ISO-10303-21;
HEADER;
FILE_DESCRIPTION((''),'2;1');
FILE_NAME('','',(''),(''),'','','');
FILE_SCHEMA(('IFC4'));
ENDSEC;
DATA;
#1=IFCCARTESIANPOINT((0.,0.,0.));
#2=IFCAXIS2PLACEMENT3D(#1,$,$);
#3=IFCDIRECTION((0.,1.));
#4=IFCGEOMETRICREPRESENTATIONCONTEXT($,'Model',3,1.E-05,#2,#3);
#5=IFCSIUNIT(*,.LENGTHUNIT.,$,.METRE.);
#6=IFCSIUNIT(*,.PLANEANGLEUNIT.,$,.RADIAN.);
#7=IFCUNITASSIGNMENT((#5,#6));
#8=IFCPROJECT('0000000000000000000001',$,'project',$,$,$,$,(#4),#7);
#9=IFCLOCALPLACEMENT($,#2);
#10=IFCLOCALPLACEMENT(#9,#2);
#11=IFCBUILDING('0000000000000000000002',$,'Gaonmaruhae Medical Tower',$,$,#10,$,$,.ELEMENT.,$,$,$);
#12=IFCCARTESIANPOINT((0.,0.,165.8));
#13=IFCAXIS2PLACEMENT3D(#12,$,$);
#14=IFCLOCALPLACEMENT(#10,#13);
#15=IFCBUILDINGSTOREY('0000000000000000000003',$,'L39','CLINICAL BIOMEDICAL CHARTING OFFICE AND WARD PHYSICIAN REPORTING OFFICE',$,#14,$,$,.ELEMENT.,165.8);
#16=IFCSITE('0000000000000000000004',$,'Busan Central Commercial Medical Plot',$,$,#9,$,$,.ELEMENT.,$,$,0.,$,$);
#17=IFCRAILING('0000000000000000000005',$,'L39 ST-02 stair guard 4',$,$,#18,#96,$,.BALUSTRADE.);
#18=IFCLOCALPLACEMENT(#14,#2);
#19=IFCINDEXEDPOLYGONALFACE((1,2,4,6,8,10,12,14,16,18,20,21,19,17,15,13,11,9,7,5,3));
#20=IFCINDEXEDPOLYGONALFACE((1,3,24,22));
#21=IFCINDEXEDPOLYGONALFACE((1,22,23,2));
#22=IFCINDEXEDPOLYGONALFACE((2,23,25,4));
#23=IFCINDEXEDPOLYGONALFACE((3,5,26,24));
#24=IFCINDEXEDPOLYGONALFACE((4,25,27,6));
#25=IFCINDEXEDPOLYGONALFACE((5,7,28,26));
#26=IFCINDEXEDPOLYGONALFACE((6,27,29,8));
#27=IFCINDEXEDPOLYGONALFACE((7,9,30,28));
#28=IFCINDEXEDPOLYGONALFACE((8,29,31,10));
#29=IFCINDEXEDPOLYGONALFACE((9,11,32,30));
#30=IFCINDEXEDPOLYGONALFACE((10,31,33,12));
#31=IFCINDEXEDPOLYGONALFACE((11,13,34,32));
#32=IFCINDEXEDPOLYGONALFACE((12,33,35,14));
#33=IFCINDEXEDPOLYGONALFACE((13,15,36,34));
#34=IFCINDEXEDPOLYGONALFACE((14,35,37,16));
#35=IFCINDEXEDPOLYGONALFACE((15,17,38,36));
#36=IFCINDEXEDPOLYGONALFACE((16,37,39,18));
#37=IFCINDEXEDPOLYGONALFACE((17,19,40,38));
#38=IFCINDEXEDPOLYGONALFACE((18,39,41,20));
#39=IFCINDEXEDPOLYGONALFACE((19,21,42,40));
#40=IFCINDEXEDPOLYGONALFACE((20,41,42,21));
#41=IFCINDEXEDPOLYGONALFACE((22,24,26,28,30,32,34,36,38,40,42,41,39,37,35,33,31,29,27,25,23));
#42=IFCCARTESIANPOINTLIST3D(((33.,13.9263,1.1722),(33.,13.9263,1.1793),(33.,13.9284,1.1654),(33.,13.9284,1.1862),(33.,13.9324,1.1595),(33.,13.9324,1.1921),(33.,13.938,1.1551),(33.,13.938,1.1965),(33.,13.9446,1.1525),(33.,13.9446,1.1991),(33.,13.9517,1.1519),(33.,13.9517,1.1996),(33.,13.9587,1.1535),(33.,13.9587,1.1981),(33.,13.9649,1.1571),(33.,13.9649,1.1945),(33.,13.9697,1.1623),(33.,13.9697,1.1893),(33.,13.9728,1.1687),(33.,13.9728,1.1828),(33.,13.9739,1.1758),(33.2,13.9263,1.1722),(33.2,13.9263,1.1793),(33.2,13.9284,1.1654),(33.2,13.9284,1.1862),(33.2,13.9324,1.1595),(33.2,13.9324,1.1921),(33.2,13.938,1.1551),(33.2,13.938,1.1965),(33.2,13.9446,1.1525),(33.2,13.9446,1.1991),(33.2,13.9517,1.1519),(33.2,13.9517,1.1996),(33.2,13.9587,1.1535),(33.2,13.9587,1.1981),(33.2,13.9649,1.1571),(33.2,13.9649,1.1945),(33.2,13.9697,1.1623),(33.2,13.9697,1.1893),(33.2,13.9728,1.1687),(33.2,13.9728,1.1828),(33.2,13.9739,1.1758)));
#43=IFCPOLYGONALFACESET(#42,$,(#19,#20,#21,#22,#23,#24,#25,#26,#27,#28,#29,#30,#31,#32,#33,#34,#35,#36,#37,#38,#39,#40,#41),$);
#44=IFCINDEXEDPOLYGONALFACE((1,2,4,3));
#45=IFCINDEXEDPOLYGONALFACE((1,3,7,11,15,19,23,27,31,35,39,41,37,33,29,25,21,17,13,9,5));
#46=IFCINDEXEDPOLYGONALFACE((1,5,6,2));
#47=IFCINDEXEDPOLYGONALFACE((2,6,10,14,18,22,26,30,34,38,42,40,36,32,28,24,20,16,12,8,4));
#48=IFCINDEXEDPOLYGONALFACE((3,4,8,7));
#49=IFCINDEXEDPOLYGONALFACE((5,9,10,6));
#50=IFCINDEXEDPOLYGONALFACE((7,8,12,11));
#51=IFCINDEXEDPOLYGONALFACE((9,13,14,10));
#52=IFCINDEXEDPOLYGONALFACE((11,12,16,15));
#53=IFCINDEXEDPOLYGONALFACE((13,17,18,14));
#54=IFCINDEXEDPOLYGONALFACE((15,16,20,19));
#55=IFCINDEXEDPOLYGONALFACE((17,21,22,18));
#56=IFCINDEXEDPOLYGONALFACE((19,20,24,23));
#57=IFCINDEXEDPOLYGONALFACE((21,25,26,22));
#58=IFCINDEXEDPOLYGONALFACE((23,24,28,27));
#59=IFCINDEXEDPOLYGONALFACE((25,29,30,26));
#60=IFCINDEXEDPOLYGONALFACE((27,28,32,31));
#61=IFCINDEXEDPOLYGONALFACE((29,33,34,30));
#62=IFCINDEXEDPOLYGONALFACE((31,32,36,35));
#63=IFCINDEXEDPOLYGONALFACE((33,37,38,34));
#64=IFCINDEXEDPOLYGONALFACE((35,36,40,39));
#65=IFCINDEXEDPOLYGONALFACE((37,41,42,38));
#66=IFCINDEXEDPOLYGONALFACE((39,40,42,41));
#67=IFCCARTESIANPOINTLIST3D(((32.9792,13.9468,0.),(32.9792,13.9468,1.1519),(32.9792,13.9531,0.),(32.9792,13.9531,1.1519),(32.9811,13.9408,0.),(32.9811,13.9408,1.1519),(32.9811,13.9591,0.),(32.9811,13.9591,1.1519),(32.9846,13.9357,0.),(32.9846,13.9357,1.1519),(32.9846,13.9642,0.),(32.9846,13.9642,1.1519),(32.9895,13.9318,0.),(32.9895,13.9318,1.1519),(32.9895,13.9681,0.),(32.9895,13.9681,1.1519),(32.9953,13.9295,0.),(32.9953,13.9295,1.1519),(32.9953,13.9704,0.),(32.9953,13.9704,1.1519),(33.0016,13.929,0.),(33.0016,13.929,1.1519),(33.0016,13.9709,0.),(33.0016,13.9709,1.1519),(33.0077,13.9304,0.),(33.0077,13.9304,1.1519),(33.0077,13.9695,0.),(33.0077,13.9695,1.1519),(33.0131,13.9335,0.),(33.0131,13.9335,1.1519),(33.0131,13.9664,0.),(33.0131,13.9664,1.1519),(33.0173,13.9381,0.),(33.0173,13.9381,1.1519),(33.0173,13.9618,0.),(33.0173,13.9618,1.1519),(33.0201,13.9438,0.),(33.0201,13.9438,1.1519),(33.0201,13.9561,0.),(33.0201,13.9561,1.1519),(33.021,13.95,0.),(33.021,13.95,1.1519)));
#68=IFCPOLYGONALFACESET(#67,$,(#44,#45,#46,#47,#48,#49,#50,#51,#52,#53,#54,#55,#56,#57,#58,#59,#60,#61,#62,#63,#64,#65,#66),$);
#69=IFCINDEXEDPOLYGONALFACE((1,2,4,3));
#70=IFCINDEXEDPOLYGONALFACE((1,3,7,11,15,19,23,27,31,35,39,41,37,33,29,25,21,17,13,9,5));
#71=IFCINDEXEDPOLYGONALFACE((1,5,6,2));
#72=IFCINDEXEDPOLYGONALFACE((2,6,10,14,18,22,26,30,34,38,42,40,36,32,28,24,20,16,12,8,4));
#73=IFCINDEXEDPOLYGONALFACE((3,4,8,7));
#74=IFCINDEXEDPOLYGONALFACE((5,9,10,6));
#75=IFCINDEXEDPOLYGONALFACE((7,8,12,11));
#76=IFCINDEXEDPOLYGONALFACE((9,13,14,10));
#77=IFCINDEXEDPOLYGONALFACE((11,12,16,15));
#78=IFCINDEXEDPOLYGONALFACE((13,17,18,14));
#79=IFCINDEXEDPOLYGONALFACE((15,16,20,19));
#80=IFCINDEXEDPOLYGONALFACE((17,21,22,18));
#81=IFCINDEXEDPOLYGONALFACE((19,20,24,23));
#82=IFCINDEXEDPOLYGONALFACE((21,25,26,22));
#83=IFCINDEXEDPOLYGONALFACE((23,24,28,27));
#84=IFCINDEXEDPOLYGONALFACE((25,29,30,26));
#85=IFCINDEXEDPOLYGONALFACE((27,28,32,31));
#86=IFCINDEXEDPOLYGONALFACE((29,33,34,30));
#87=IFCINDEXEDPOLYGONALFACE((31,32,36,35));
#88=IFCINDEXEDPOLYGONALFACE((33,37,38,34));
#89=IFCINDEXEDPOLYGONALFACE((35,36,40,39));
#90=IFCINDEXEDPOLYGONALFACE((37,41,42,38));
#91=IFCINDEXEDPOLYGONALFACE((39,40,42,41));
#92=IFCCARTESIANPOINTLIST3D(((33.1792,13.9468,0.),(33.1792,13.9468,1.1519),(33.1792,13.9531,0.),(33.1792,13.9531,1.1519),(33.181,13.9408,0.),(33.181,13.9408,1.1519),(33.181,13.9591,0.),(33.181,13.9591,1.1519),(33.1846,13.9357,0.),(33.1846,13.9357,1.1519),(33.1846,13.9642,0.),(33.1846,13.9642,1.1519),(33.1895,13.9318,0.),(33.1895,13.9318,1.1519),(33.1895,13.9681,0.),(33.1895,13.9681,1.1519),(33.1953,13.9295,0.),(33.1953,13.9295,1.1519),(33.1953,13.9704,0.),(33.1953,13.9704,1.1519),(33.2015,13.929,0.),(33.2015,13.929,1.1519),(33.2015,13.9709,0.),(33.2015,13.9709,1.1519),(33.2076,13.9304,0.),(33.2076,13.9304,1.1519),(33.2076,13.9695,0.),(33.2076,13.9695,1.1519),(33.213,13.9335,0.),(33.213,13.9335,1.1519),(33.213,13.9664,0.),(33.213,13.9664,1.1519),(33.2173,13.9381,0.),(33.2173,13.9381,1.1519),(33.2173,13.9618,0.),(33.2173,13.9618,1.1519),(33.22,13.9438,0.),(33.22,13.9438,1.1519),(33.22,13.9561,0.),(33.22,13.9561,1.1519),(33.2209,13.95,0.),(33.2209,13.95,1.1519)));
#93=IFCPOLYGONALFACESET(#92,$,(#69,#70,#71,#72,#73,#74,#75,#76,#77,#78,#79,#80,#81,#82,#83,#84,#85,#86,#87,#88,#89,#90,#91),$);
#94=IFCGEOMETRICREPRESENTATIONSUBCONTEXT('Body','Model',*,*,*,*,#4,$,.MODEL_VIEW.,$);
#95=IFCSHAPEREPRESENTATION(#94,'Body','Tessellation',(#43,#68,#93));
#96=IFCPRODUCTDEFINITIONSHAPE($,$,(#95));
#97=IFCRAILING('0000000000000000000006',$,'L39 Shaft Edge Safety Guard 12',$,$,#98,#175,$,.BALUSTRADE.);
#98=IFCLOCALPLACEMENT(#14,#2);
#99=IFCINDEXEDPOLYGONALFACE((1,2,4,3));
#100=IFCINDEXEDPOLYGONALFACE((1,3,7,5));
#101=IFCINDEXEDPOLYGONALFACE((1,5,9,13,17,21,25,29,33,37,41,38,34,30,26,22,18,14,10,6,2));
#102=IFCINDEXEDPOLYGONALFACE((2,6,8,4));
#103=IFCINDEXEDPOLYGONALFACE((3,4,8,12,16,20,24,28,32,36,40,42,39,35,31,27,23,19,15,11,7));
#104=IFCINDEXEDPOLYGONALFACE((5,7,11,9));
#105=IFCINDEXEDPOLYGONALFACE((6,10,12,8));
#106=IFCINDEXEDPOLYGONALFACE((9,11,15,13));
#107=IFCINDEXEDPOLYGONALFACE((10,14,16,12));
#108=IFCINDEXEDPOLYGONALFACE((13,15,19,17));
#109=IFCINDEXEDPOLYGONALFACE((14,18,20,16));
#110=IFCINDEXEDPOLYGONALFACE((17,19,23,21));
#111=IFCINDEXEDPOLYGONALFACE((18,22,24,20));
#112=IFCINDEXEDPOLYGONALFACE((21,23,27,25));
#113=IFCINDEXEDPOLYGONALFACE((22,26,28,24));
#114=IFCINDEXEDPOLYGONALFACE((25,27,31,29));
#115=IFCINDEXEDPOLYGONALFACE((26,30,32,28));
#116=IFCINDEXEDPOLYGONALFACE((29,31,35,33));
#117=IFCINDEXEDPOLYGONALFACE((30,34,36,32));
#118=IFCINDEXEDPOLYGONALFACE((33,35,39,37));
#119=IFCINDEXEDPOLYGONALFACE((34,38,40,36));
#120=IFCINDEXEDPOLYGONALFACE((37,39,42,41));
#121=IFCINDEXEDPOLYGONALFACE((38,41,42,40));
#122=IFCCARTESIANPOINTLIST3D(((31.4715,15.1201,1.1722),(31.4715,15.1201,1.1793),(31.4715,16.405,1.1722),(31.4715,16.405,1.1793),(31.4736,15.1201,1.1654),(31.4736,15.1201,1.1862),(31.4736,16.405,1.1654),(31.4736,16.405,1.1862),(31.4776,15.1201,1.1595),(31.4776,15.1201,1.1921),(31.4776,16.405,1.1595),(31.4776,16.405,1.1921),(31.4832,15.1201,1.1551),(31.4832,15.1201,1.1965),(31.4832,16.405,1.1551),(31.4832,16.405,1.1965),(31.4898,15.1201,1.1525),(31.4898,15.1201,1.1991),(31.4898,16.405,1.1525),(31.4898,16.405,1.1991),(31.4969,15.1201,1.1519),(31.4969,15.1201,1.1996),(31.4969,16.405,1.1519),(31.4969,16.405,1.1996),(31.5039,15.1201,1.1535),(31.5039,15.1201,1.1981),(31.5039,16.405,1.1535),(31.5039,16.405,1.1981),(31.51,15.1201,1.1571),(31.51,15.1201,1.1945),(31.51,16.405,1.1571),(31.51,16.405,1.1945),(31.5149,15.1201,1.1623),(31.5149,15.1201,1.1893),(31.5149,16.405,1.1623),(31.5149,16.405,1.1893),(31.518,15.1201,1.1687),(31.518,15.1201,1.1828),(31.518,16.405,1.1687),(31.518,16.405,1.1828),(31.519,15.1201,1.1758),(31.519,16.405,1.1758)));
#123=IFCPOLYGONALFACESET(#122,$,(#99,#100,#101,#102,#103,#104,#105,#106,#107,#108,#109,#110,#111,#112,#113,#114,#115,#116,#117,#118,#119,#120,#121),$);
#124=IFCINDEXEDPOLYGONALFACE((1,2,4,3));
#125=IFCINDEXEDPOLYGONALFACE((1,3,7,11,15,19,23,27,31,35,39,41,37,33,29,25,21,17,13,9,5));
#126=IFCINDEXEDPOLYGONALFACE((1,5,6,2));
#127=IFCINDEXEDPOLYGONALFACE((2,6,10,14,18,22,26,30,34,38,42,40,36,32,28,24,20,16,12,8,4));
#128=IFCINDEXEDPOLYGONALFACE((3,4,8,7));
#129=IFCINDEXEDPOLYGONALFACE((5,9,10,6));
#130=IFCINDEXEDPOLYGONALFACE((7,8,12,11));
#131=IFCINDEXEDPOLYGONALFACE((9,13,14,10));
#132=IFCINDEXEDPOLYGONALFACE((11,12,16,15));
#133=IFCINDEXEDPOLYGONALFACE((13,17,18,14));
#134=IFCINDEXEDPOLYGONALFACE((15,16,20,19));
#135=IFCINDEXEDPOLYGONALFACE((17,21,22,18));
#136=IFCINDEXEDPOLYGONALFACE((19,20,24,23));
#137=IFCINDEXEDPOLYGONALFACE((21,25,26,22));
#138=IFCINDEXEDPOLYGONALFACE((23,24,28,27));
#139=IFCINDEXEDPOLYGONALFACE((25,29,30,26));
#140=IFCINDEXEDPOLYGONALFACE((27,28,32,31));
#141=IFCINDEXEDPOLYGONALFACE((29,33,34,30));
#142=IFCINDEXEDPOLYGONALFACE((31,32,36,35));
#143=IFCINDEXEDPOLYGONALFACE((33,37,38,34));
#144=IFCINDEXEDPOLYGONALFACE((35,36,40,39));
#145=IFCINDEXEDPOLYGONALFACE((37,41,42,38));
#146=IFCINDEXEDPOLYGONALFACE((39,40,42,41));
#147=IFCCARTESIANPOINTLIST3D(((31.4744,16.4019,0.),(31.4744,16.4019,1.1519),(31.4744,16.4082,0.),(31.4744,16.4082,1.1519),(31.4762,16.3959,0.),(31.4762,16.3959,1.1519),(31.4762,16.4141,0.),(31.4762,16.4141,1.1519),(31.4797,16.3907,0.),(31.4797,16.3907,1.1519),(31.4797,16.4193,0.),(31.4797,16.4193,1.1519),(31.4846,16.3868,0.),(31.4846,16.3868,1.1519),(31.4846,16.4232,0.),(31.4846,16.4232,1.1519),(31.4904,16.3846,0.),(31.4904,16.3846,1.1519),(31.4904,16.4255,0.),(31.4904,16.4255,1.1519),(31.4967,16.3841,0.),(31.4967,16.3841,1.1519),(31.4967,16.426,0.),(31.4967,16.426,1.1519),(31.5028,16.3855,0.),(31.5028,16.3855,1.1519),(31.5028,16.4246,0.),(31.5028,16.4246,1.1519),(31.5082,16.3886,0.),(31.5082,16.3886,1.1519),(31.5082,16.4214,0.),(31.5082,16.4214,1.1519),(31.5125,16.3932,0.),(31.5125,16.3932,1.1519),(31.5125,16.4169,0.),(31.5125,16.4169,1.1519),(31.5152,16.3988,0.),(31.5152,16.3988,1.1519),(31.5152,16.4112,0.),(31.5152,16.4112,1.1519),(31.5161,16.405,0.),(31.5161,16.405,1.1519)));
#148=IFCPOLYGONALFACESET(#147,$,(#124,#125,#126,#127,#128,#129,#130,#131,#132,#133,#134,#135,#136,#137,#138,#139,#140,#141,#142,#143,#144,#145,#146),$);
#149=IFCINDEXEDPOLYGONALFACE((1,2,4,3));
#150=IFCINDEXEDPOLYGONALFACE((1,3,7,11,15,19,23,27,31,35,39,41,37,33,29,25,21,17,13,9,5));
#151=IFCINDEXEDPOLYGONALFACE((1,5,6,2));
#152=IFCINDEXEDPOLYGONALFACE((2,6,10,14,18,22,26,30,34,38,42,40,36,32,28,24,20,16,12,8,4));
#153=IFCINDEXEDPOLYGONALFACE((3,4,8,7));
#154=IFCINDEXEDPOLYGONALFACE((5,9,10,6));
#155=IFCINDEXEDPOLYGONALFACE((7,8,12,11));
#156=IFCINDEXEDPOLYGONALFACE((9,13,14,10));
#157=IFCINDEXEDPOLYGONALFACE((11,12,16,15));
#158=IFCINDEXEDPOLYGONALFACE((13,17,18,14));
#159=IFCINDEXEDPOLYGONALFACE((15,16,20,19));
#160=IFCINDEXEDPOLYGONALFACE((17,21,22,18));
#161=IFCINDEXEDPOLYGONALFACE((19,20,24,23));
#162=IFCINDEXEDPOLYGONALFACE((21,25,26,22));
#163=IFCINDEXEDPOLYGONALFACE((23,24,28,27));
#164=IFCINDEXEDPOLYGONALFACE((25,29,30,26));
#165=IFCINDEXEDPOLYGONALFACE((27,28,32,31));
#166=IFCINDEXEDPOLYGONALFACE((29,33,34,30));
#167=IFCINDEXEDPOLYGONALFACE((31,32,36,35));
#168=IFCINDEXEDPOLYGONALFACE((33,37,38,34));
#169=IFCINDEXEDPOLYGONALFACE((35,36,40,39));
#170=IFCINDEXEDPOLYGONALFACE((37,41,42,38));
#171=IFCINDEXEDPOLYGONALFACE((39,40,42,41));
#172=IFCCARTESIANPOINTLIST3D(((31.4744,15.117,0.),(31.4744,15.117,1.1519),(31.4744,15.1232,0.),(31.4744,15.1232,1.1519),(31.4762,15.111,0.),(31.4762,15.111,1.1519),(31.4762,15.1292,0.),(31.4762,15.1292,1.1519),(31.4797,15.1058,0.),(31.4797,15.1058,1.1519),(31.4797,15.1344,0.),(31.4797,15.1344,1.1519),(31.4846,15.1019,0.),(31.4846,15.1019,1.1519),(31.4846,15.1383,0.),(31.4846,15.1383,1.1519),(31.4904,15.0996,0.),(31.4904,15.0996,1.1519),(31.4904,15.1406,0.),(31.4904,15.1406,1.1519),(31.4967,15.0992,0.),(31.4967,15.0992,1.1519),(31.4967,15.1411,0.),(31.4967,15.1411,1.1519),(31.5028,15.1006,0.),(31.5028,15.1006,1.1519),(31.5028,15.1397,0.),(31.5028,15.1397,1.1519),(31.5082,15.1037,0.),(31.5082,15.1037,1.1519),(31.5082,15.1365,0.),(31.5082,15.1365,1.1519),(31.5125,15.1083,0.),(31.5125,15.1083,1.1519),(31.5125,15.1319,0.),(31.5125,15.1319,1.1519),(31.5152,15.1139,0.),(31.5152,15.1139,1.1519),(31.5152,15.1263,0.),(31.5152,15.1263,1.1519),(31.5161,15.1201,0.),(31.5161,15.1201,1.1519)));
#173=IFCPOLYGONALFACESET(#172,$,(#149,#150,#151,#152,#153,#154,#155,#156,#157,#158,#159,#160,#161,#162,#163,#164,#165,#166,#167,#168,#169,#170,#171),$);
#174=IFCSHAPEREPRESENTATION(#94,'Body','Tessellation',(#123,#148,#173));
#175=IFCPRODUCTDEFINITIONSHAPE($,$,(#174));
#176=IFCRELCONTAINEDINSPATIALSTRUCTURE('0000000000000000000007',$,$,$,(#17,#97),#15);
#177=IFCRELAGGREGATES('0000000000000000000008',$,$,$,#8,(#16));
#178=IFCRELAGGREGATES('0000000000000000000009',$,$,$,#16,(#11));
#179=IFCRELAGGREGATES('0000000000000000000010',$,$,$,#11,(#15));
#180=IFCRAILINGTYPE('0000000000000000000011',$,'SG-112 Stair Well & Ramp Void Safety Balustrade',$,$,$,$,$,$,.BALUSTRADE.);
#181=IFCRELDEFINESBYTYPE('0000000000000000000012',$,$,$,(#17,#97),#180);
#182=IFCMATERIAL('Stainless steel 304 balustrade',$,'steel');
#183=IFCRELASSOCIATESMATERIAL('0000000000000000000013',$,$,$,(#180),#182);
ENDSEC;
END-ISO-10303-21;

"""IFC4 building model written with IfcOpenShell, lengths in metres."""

from ifc_helpers import new_model, si_unit, direction, frame, origin, origin_2d, place, context, subcontext, project, spatial, circle, extrude, material, type_object, element, save


model = new_model("IFC4")

# Units and contexts
model_context = context("Model", 3, precision=1e-05, world=origin(), true_north=direction((0.0, 1.0)))
body_context = subcontext(model_context, "Body", "Model", "MODEL_VIEW")
ifc_project = project(units=[si_unit("LENGTHUNIT", "METRE"), si_unit("PLANEANGLEUNIT", "RADIAN")], contexts=[model_context])

# Site, building, storey
site_placement = place(None, origin())
site = spatial("IfcSite", under=ifc_project, at=site_placement, Name="Busan Central Commercial Medical Plot", CompositionType="ELEMENT", RefElevation=0.0)
building_placement = place(site_placement, origin())
building = spatial("IfcBuilding", under=site, at=building_placement, Name="Gaonmaruhae Medical Tower", CompositionType="ELEMENT")
storey_placement = place(building_placement, frame((0.0, 0.0, 165.8)))
storey = spatial("IfcBuildingStorey", under=building, at=storey_placement, Name="L39", Description="CLINICAL BIOMEDICAL CHARTING OFFICE AND WARD PHYSICIAN REPORTING OFFICE", CompositionType="ELEMENT", Elevation=165.8)

# Railings
ifc_material_1 = material(Name="Stainless steel 304 balustrade", Category="steel")
railing_type_1 = type_object("IfcRailingType", Name="SG-112 Stair Well & Ramp Void Safety Balustrade", PredefinedType="BALUSTRADE", material=ifc_material_1)
railing_1_placement = place(storey_placement, frame((33.0, 13.95, 0.0)))
element("IfcRailing", 1, at=railing_1_placement, inside=storey, type_object=railing_type_1, Name="L39 ST-02 stair guard 4", PredefinedType="BALUSTRADE", context=body_context, shape_type="SweptSolid", body=[
    extrude(circle(Radius=0.0239, at=origin_2d()), frame((0.0, 0.0, 1.1758), z_axis=(1.0, 0.0, 0.0), x_axis=(0.0, 1.0, 0.0)), (0.0, 0.0, 1.0), 0.2),
    extrude(circle(Radius=0.021, at=origin_2d()), origin(), (0.0, 0.0, 1.0), 1.1519),
    extrude(circle(Radius=0.021, at=origin_2d()), frame((0.2, 0.0, 0.0)), (0.0, 0.0, 1.0), 1.1519),
])
railing_2_placement = place(storey_placement, frame((31.4951, 16.405, 0.0)))
element("IfcRailing", 2, at=railing_2_placement, inside=storey, type_object=railing_type_1, Name="L39 Shaft Edge Safety Guard 12", PredefinedType="BALUSTRADE", context=body_context, shape_type="SweptSolid", body=[
    extrude(circle(Radius=0.0239, at=origin_2d()), frame((0.0, 0.0, 1.1758), z_axis=(0.0, -1.0, 0.0), x_axis=(1.0, 0.0, 0.0)), (0.0, 0.0, 1.0), 1.2849),
    extrude(circle(Radius=0.021, at=origin_2d()), origin(), (0.0, 0.0, 1.0), 1.1519),
    extrude(circle(Radius=0.021, at=origin_2d()), frame((0.0, -1.2849, 0.0)), (0.0, 0.0, 1.0), 1.1519),
])

save(model, "model.ifc")
